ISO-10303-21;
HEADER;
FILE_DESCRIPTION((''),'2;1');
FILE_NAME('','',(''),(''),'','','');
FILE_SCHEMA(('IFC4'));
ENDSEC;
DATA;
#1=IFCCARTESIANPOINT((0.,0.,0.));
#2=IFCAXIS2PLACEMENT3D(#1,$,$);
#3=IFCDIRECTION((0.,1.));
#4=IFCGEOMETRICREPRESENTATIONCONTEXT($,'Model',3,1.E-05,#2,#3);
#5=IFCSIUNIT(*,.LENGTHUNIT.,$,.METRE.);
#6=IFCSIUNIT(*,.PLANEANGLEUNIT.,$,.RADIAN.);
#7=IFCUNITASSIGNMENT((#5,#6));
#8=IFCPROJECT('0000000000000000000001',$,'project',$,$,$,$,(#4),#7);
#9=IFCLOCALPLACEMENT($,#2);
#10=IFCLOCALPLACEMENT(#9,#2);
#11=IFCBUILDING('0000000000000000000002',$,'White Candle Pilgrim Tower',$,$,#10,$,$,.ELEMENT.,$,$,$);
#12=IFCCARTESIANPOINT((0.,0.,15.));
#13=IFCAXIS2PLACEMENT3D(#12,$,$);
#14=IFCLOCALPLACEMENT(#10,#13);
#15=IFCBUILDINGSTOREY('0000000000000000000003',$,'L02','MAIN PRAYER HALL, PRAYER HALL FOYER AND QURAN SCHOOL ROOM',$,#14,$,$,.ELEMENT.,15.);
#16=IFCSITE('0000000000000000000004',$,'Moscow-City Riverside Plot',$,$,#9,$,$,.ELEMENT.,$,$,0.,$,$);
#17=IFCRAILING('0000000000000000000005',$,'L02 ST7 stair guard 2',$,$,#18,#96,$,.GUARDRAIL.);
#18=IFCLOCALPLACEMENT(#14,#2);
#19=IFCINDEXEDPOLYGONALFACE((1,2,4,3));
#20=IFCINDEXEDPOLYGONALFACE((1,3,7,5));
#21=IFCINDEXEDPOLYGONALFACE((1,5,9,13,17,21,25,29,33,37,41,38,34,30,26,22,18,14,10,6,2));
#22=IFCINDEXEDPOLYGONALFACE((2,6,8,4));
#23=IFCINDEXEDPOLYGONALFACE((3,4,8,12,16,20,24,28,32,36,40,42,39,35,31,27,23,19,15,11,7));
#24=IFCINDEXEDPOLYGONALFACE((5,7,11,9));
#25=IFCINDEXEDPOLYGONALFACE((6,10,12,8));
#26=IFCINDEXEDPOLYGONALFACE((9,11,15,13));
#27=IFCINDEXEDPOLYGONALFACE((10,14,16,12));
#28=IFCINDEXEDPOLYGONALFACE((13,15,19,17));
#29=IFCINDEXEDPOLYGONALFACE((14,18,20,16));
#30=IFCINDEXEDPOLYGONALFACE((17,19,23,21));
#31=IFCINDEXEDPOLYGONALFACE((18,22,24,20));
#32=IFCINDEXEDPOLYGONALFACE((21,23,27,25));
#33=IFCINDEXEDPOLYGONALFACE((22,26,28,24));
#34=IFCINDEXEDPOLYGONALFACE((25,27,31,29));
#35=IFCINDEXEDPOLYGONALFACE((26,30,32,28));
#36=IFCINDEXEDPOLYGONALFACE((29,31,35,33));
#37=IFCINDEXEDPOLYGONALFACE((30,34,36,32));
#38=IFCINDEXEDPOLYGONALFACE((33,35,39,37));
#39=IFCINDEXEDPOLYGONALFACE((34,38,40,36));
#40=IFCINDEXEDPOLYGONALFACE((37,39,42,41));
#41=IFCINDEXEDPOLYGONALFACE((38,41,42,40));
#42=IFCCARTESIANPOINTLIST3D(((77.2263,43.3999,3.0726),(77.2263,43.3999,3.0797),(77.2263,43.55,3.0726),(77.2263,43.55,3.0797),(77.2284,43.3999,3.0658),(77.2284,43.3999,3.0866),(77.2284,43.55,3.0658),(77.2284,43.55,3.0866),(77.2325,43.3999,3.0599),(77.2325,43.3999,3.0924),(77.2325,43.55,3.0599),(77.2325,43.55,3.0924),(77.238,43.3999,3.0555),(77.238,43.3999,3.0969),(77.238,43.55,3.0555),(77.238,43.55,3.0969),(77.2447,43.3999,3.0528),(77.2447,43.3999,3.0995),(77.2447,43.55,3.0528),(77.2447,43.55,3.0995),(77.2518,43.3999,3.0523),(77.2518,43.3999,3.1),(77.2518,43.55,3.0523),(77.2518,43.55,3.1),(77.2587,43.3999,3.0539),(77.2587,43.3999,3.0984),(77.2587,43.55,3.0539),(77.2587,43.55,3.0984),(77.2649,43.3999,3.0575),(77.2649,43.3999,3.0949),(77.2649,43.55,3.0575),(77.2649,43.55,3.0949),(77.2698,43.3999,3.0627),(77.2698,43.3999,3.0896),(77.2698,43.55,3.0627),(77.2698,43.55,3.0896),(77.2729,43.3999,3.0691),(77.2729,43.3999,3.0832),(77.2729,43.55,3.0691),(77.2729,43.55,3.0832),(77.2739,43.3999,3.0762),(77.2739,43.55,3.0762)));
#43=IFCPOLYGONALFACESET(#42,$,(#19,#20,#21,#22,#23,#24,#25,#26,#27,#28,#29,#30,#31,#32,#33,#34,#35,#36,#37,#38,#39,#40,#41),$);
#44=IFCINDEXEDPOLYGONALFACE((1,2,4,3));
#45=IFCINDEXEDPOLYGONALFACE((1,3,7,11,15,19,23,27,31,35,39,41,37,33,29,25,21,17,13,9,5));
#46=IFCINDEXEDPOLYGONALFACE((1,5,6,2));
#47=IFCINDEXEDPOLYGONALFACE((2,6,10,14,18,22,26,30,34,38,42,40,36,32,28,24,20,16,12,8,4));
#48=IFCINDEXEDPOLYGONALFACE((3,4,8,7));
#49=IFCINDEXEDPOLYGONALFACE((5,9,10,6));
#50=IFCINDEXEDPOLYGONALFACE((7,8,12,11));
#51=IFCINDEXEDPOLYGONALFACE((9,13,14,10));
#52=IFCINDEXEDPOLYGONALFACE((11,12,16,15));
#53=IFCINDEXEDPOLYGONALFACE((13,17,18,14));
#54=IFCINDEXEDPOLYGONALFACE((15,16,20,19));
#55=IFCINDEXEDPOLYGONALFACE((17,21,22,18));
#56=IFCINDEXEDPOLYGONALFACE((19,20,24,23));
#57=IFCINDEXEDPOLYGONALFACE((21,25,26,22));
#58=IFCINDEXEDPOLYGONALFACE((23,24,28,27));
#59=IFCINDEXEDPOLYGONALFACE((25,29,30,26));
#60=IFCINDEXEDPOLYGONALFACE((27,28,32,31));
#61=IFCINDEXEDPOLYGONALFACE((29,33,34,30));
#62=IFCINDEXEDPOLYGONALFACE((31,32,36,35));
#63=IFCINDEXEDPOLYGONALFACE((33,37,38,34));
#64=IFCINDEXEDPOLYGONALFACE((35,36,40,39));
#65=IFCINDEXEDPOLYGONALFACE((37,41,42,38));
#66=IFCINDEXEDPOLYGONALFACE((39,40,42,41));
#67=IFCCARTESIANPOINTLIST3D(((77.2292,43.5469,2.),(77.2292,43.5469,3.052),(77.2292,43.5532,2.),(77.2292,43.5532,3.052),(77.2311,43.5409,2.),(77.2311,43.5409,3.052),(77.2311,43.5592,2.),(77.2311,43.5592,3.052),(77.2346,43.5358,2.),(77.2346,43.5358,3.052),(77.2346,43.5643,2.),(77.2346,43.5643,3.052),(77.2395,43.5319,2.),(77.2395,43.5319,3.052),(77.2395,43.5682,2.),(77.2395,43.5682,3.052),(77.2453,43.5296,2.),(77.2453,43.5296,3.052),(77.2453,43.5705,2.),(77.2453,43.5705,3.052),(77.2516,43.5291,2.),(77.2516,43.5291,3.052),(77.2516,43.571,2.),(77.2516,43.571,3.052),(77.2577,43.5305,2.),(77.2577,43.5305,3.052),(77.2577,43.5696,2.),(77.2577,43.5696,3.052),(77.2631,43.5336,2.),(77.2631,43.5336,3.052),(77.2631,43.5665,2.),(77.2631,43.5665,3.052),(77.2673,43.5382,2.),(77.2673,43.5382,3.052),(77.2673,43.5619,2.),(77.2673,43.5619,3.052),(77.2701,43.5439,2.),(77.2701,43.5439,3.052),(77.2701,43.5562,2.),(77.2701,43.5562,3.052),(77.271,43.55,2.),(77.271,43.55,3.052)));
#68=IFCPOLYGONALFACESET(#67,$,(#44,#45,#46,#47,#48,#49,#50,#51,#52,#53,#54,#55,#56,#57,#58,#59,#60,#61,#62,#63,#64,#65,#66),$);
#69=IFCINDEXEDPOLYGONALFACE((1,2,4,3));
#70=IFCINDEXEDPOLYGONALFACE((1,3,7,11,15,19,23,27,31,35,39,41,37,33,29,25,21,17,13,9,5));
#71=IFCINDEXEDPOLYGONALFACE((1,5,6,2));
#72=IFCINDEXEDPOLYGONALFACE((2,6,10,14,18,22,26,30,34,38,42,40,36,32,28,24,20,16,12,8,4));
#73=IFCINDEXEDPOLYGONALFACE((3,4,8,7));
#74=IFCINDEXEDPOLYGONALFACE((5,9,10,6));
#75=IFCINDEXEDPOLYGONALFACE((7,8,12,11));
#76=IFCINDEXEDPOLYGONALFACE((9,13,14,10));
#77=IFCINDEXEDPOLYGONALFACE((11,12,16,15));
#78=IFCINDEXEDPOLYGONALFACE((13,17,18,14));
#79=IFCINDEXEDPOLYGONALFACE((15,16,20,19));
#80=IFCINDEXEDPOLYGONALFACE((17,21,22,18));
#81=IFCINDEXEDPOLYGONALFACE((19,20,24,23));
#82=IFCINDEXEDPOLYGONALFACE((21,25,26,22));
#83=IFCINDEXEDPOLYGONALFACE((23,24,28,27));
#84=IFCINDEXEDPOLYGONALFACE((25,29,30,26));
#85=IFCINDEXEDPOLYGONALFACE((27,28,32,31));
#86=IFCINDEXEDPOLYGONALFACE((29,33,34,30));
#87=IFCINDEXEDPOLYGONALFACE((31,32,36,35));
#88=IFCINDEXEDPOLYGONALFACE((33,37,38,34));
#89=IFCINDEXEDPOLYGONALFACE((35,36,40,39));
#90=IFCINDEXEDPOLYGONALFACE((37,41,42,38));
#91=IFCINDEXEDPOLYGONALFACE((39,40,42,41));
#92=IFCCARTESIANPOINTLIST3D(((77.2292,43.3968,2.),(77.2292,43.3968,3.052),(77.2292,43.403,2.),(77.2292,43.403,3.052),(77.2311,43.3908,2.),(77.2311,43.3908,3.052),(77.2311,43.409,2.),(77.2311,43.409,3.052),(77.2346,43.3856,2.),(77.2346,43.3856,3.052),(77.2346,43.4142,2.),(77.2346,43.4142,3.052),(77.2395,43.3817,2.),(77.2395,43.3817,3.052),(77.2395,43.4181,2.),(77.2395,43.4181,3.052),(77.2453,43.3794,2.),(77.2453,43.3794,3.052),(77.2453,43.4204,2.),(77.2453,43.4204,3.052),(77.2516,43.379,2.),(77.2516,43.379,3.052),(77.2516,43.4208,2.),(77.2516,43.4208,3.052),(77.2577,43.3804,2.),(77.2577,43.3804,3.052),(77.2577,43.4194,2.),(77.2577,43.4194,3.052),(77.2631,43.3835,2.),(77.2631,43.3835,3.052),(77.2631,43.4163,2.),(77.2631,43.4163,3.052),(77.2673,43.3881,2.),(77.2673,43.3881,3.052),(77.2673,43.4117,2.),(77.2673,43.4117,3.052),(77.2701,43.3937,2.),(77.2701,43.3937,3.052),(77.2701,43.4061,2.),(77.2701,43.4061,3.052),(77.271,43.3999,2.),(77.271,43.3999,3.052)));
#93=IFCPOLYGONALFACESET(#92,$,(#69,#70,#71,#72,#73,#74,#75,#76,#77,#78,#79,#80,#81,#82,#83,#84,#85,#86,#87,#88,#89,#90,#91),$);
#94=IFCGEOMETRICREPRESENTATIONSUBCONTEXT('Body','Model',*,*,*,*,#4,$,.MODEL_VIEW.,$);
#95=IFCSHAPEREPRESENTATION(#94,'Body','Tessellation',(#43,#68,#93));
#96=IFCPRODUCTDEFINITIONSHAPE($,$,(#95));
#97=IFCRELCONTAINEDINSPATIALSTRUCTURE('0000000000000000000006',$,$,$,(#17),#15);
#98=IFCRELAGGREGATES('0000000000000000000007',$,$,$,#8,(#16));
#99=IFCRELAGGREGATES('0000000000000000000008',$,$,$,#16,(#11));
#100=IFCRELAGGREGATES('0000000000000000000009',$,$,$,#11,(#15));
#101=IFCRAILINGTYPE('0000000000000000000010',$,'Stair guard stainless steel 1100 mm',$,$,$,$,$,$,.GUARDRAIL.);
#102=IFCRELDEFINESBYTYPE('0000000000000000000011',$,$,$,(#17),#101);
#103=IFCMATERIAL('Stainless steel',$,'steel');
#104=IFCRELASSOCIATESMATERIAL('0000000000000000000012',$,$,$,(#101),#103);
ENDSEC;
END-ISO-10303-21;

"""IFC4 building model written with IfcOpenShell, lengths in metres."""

from ifc_helpers import new_model, si_unit, direction, frame, origin, origin_2d, place, context, subcontext, project, spatial, circle, extrude, material, type_object, element, save


model = new_model("IFC4")

# Units and contexts
model_context = context("Model", 3, precision=1e-05, world=origin(), true_north=direction((0.0, 1.0)))
body_context = subcontext(model_context, "Body", "Model", "MODEL_VIEW")
ifc_project = project(units=[si_unit("LENGTHUNIT", "METRE"), si_unit("PLANEANGLEUNIT", "RADIAN")], contexts=[model_context])

# Site, building, storey
site_placement = place(None, origin())
site = spatial("IfcSite", under=ifc_project, at=site_placement, Name="Moscow-City Riverside Plot", CompositionType="ELEMENT", RefElevation=0.0)
building_placement = place(site_placement, origin())
building = spatial("IfcBuilding", under=site, at=building_placement, Name="White Candle Pilgrim Tower", CompositionType="ELEMENT")
storey_placement = place(building_placement, frame((0.0, 0.0, 15.0)))
storey = spatial("IfcBuildingStorey", under=building, at=storey_placement, Name="L02", Description="MAIN PRAYER HALL, PRAYER HALL FOYER AND QURAN SCHOOL ROOM", CompositionType="ELEMENT", Elevation=15.0)

# Railing
ifc_material_1 = material(Name="Stainless steel", Category="steel")
railing_type_1 = type_object("IfcRailingType", Name="Stair guard stainless steel 1100 mm", PredefinedType="GUARDRAIL", material=ifc_material_1)
railing_1_placement = place(storey_placement, frame((77.25, 43.55, 2.0)))
element("IfcRailing", 1, at=railing_1_placement, inside=storey, type_object=railing_type_1, Name="L02 ST7 stair guard 2", PredefinedType="GUARDRAIL", context=body_context, shape_type="SweptSolid", body=[
    extrude(circle(Radius=0.0239, at=origin_2d()), frame((0.0, 0.0, 1.0762), z_axis=(0.0, -1.0, 0.0), x_axis=(1.0, 0.0, 0.0)), (0.0, 0.0, 1.0), 0.1501),
    extrude(circle(Radius=0.021, at=origin_2d()), origin(), (0.0, 0.0, 1.0), 1.052),
    extrude(circle(Radius=0.021, at=origin_2d()), frame((0.0, -0.1501, 0.0)), (0.0, 0.0, 1.0), 1.052),
])

save(model, "model.ifc")
